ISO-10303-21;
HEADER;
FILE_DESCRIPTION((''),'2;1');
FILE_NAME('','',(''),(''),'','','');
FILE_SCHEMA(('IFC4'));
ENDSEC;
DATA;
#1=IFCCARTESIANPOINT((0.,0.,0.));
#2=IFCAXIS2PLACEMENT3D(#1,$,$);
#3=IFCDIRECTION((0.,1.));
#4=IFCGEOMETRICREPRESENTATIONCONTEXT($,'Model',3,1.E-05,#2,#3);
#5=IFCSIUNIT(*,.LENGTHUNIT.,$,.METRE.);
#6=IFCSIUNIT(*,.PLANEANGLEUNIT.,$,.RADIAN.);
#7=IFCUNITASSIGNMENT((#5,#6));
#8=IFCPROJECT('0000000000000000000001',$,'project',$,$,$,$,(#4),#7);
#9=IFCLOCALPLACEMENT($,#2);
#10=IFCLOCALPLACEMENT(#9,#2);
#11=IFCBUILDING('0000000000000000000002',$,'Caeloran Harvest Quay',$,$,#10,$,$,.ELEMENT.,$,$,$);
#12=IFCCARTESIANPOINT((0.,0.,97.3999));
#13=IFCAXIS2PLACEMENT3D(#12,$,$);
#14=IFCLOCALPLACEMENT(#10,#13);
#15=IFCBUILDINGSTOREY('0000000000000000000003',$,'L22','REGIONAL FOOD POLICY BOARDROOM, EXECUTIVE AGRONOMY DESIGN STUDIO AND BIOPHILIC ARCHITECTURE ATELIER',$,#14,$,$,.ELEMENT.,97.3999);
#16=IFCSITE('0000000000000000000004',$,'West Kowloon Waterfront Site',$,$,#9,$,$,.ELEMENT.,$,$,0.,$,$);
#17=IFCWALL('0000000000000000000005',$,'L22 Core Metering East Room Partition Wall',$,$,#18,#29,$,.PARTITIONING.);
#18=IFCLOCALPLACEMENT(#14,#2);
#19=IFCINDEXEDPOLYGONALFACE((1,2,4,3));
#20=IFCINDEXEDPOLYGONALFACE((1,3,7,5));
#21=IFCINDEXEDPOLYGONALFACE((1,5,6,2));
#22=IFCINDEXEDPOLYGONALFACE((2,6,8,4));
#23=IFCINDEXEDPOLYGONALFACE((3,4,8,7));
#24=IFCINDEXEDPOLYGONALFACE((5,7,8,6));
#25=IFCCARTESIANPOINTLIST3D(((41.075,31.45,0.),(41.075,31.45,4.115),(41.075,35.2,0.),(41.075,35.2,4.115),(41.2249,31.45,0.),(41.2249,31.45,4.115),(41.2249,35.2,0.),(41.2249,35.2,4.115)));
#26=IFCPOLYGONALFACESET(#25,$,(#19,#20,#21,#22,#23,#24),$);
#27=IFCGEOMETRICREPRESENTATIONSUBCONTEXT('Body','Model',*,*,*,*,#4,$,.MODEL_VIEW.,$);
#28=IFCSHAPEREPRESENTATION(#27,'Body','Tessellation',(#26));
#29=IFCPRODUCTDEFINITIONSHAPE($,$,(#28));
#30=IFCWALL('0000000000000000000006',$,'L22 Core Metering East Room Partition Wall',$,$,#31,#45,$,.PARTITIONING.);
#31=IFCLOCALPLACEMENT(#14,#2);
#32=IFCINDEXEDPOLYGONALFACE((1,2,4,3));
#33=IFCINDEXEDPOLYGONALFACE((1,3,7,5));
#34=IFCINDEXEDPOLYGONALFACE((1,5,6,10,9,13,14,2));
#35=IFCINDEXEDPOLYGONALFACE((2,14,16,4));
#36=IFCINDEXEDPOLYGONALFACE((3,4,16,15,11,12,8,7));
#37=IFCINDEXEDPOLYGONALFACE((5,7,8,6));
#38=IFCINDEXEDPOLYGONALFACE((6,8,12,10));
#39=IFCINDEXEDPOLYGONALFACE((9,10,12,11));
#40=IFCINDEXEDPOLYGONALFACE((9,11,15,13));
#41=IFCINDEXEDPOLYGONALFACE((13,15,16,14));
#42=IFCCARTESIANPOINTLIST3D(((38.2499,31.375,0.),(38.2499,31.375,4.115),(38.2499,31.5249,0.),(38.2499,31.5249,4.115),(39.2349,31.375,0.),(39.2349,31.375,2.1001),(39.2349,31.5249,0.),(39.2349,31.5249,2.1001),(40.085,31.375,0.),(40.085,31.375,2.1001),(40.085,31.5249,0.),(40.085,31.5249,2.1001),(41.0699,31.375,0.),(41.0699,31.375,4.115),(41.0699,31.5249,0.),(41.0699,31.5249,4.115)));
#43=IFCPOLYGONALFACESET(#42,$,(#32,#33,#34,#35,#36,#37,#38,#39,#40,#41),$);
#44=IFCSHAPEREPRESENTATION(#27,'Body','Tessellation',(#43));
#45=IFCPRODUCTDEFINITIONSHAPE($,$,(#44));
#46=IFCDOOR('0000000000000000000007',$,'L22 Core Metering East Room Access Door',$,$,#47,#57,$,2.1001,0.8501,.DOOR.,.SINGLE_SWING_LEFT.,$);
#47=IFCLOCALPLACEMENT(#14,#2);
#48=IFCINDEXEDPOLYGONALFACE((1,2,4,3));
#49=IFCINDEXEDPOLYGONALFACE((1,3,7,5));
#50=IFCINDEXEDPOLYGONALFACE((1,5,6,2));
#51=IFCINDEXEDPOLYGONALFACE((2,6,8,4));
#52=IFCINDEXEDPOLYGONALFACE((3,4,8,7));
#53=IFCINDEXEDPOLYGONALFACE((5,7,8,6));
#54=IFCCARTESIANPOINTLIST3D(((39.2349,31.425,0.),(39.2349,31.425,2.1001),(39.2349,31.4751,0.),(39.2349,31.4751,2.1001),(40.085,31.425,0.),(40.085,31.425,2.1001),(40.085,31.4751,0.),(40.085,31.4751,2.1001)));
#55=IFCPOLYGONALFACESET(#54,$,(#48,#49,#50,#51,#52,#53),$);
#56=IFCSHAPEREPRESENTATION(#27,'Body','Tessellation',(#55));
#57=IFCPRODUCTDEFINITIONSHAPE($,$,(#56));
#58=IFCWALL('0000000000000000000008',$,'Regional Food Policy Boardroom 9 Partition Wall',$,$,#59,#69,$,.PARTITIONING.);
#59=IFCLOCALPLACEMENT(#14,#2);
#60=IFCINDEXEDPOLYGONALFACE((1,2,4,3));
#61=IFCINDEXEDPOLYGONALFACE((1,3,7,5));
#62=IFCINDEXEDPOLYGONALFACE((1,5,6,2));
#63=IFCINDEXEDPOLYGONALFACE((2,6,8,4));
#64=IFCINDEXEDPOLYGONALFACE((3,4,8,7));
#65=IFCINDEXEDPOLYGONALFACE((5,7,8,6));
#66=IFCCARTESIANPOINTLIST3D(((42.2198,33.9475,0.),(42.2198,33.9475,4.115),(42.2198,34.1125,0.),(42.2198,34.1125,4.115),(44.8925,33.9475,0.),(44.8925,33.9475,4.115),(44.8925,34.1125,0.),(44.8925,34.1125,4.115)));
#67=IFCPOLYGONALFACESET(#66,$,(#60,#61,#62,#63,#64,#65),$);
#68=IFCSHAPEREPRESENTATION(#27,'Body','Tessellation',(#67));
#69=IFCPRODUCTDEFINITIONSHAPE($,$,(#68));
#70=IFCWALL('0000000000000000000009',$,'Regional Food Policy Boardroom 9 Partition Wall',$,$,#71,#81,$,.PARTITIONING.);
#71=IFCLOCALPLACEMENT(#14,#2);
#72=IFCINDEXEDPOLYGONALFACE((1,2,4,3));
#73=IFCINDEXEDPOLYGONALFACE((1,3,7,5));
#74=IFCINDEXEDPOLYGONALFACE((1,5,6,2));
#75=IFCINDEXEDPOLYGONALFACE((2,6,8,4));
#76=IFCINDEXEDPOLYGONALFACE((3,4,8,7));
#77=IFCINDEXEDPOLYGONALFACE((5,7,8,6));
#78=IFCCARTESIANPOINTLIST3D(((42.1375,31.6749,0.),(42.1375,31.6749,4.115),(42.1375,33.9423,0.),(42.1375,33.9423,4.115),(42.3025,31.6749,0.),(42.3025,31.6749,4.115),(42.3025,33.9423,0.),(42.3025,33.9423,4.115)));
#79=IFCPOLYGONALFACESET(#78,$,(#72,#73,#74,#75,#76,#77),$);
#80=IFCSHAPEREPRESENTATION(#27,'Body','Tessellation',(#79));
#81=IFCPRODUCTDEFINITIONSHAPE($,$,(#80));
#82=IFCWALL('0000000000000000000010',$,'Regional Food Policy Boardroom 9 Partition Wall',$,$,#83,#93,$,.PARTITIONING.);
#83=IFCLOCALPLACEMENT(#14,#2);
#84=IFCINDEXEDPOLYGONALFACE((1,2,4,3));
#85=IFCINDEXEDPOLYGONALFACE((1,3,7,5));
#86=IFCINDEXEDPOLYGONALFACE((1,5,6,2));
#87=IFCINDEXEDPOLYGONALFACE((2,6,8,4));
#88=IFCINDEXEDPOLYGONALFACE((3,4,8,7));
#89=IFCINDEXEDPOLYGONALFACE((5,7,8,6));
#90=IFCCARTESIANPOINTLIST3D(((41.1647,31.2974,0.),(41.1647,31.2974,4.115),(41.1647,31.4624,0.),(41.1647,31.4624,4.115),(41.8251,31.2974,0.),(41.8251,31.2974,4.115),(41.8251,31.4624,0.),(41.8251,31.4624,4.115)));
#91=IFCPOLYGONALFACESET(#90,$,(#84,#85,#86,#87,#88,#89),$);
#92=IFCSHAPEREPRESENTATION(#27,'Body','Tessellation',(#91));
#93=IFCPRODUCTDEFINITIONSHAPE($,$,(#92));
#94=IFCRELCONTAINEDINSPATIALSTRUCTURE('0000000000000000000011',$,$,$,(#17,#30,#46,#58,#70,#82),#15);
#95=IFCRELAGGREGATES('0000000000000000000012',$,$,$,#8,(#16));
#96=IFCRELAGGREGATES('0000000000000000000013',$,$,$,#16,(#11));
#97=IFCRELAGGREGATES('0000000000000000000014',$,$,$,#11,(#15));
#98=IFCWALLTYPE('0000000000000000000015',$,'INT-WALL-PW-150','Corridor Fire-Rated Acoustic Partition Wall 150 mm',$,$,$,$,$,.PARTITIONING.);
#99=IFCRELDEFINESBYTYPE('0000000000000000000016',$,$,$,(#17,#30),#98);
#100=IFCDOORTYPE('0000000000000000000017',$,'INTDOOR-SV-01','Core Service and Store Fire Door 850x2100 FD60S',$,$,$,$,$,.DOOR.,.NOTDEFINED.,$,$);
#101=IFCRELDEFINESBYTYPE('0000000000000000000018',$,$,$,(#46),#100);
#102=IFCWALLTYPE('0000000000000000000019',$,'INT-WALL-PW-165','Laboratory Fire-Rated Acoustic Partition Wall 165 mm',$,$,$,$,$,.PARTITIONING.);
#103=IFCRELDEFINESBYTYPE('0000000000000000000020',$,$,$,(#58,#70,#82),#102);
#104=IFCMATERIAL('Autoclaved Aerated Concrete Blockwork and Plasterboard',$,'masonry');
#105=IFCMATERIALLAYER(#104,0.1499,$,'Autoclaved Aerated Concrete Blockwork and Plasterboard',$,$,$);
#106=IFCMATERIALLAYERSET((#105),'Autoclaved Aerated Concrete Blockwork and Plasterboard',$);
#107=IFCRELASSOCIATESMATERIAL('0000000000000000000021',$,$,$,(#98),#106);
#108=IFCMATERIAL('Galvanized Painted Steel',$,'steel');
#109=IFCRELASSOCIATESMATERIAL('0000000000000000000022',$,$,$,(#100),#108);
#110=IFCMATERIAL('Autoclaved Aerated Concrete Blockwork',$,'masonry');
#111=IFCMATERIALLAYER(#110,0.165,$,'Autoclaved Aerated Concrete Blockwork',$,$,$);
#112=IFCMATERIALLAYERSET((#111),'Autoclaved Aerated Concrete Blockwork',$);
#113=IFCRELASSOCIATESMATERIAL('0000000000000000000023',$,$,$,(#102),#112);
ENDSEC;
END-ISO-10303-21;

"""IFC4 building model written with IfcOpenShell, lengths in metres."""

from ifc_helpers import new_model, si_unit, direction, frame, frame_2d, origin, place, context, subcontext, project, spatial, rectangle, extrude, material, layer, layer_set, type_object, element, fill, save


model = new_model("IFC4")

# Units and contexts
model_context = context("Model", 3, precision=1e-05, world=origin(), true_north=direction((0.0, 1.0)))
body_context = subcontext(model_context, "Body", "Model", "MODEL_VIEW")
ifc_project = project(units=[si_unit("LENGTHUNIT", "METRE"), si_unit("PLANEANGLEUNIT", "RADIAN")], contexts=[model_context])

# Site, building, storey
site_placement = place(None, origin())
site = spatial("IfcSite", under=ifc_project, at=site_placement, Name="West Kowloon Waterfront Site", CompositionType="ELEMENT", RefElevation=0.0)
building_placement = place(site_placement, origin())
building = spatial("IfcBuilding", under=site, at=building_placement, Name="Caeloran Harvest Quay", CompositionType="ELEMENT")
storey_placement = place(building_placement, frame((0.0, 0.0, 97.3999)))
storey = spatial("IfcBuildingStorey", under=building, at=storey_placement, Name="L22", Description="REGIONAL FOOD POLICY BOARDROOM, EXECUTIVE AGRONOMY DESIGN STUDIO AND BIOPHILIC ARCHITECTURE ATELIER", CompositionType="ELEMENT", Elevation=97.3999)

# Wall
ifc_material_1 = material(Name="Autoclaved Aerated Concrete Blockwork and Plasterboard", Category="masonry")
ifc_layer_1 = layer(ifc_material_1, 0.1499, Name="Autoclaved Aerated Concrete Blockwork and Plasterboard")
ifc_layer_set_1 = layer_set([ifc_layer_1], Name="Autoclaved Aerated Concrete Blockwork and Plasterboard")
wall_type_1 = type_object("IfcWallType", Name="INT-WALL-PW-150", Description="Corridor Fire-Rated Acoustic Partition Wall 150 mm", PredefinedType="PARTITIONING", material=ifc_layer_set_1)
wall_1_placement = place(storey_placement, frame((41.1499, 35.2, 0.0), z_axis=(0.0, 0.0, 1.0), x_axis=(0.0, -1.0, 0.0)))
element("IfcWall", 1, at=wall_1_placement, inside=storey, type_object=wall_type_1, Name="L22 Core Metering East Room Partition Wall", PredefinedType="PARTITIONING", context=body_context, shape_type="SweptSolid", body=[
    extrude(rectangle(XDim=3.75, YDim=0.1499, at=frame_2d((1.875, 0.0))), origin(), (0.0, 0.0, 1.0), 4.115),
])

# Wall, opening, door
wall_2_placement = place(storey_placement, frame((41.0701, 31.45, 0.0), z_axis=(0.0, 0.0, 1.0), x_axis=(-1.0, 0.0, 0.0)))
wall_2 = element("IfcWall", 2, at=wall_2_placement, inside=storey, type_object=wall_type_1, Name="L22 Core Metering East Room Partition Wall", PredefinedType="PARTITIONING", context=body_context, shape_type="SweptSolid", body=[
    extrude(rectangle(XDim=2.8201, YDim=0.1499, at=frame_2d((1.4102, 0.0))), origin(), (0.0, 0.0, 1.0), 4.115),
])
opening_placement = place(wall_2_placement, frame((0.9851, 0.0, 0.0)))
opening = element("IfcOpeningElement", 3, at=opening_placement, cuts=wall_2, PredefinedType="OPENING", context=body_context, shape_type="SweptSolid", body=[
    extrude(rectangle(XDim=0.8501, YDim=2.1001, at=frame_2d((0.425, 1.05))), frame((0.0, 0.085, 0.0), z_axis=(0.0, -1.0, 0.0), x_axis=(1.0, 0.0, 0.0)), (0.0, 0.0, 1.0), 0.1699),
])
ifc_material_2 = material(Name="Galvanized Painted Steel", Category="steel")
door_type = type_object("IfcDoorType", Name="INTDOOR-SV-01", Description="Core Service and Store Fire Door 850x2100 FD60S", OperationType="NOTDEFINED", PredefinedType="DOOR", material=ifc_material_2)
door_placement = place(opening_placement, origin())
door = element("IfcDoor", 4, at=door_placement, inside=storey, type_object=door_type, Name="L22 Core Metering East Room Access Door", OperationType="SINGLE_SWING_LEFT", OverallHeight=2.1001, OverallWidth=0.8501, PredefinedType="DOOR", context=body_context, shape_type="SweptSolid", body=[
    extrude(rectangle(XDim=0.8501, YDim=2.1001, at=frame_2d((0.425, 1.05))), frame((0.0, 0.0249, 0.0), z_axis=(0.0, -1.0, 0.0), x_axis=(1.0, 0.0, 0.0)), (0.0, 0.0, 1.0), 0.05),
])
fill(opening, door)

# Walls
ifc_material_3 = material(Name="Autoclaved Aerated Concrete Blockwork", Category="masonry")
ifc_layer_2 = layer(ifc_material_3, 0.165, Name="Autoclaved Aerated Concrete Blockwork")
ifc_layer_set_2 = layer_set([ifc_layer_2], Name="Autoclaved Aerated Concrete Blockwork")
wall_type_2 = type_object("IfcWallType", Name="INT-WALL-PW-165", Description="Laboratory Fire-Rated Acoustic Partition Wall 165 mm", PredefinedType="PARTITIONING", material=ifc_layer_set_2)
wall_3_placement = place(storey_placement, frame((44.8926, 34.03, 0.0), z_axis=(0.0, 0.0, 1.0), x_axis=(-1.0, 0.0, 0.0)))
element("IfcWall", 5, at=wall_3_placement, inside=storey, type_object=wall_type_2, Name="Regional Food Policy Boardroom 9 Partition Wall", PredefinedType="PARTITIONING", context=body_context, shape_type="SweptSolid", body=[
    extrude(rectangle(XDim=2.6726, YDim=0.165, at=frame_2d((1.3364, 0.0))), origin(), (0.0, 0.0, 1.0), 4.115),
])
wall_4_placement = place(storey_placement, frame((42.22, 33.9424, 0.0), z_axis=(0.0, 0.0, 1.0), x_axis=(0.0, -1.0, 0.0)))
element("IfcWall", 6, at=wall_4_placement, inside=storey, type_object=wall_type_2, Name="Regional Food Policy Boardroom 9 Partition Wall", PredefinedType="PARTITIONING", context=body_context, shape_type="SweptSolid", body=[
    extrude(rectangle(XDim=2.2673, YDim=0.165, at=frame_2d((1.1338, 0.0))), origin(), (0.0, 0.0, 1.0), 4.115),
])
wall_5_placement = place(storey_placement, frame((41.825, 31.3799, 0.0), z_axis=(0.0, 0.0, 1.0), x_axis=(-1.0, 0.0, 0.0)))
element("IfcWall", 7, at=wall_5_placement, inside=storey, type_object=wall_type_2, Name="Regional Food Policy Boardroom 9 Partition Wall", PredefinedType="PARTITIONING", context=body_context, shape_type="SweptSolid", body=[
    extrude(rectangle(XDim=0.6604, YDim=0.165, at=frame_2d((0.3301, 0.0))), origin(), (0.0, 0.0, 1.0), 4.115),
])

save(model, "model.ifc")
